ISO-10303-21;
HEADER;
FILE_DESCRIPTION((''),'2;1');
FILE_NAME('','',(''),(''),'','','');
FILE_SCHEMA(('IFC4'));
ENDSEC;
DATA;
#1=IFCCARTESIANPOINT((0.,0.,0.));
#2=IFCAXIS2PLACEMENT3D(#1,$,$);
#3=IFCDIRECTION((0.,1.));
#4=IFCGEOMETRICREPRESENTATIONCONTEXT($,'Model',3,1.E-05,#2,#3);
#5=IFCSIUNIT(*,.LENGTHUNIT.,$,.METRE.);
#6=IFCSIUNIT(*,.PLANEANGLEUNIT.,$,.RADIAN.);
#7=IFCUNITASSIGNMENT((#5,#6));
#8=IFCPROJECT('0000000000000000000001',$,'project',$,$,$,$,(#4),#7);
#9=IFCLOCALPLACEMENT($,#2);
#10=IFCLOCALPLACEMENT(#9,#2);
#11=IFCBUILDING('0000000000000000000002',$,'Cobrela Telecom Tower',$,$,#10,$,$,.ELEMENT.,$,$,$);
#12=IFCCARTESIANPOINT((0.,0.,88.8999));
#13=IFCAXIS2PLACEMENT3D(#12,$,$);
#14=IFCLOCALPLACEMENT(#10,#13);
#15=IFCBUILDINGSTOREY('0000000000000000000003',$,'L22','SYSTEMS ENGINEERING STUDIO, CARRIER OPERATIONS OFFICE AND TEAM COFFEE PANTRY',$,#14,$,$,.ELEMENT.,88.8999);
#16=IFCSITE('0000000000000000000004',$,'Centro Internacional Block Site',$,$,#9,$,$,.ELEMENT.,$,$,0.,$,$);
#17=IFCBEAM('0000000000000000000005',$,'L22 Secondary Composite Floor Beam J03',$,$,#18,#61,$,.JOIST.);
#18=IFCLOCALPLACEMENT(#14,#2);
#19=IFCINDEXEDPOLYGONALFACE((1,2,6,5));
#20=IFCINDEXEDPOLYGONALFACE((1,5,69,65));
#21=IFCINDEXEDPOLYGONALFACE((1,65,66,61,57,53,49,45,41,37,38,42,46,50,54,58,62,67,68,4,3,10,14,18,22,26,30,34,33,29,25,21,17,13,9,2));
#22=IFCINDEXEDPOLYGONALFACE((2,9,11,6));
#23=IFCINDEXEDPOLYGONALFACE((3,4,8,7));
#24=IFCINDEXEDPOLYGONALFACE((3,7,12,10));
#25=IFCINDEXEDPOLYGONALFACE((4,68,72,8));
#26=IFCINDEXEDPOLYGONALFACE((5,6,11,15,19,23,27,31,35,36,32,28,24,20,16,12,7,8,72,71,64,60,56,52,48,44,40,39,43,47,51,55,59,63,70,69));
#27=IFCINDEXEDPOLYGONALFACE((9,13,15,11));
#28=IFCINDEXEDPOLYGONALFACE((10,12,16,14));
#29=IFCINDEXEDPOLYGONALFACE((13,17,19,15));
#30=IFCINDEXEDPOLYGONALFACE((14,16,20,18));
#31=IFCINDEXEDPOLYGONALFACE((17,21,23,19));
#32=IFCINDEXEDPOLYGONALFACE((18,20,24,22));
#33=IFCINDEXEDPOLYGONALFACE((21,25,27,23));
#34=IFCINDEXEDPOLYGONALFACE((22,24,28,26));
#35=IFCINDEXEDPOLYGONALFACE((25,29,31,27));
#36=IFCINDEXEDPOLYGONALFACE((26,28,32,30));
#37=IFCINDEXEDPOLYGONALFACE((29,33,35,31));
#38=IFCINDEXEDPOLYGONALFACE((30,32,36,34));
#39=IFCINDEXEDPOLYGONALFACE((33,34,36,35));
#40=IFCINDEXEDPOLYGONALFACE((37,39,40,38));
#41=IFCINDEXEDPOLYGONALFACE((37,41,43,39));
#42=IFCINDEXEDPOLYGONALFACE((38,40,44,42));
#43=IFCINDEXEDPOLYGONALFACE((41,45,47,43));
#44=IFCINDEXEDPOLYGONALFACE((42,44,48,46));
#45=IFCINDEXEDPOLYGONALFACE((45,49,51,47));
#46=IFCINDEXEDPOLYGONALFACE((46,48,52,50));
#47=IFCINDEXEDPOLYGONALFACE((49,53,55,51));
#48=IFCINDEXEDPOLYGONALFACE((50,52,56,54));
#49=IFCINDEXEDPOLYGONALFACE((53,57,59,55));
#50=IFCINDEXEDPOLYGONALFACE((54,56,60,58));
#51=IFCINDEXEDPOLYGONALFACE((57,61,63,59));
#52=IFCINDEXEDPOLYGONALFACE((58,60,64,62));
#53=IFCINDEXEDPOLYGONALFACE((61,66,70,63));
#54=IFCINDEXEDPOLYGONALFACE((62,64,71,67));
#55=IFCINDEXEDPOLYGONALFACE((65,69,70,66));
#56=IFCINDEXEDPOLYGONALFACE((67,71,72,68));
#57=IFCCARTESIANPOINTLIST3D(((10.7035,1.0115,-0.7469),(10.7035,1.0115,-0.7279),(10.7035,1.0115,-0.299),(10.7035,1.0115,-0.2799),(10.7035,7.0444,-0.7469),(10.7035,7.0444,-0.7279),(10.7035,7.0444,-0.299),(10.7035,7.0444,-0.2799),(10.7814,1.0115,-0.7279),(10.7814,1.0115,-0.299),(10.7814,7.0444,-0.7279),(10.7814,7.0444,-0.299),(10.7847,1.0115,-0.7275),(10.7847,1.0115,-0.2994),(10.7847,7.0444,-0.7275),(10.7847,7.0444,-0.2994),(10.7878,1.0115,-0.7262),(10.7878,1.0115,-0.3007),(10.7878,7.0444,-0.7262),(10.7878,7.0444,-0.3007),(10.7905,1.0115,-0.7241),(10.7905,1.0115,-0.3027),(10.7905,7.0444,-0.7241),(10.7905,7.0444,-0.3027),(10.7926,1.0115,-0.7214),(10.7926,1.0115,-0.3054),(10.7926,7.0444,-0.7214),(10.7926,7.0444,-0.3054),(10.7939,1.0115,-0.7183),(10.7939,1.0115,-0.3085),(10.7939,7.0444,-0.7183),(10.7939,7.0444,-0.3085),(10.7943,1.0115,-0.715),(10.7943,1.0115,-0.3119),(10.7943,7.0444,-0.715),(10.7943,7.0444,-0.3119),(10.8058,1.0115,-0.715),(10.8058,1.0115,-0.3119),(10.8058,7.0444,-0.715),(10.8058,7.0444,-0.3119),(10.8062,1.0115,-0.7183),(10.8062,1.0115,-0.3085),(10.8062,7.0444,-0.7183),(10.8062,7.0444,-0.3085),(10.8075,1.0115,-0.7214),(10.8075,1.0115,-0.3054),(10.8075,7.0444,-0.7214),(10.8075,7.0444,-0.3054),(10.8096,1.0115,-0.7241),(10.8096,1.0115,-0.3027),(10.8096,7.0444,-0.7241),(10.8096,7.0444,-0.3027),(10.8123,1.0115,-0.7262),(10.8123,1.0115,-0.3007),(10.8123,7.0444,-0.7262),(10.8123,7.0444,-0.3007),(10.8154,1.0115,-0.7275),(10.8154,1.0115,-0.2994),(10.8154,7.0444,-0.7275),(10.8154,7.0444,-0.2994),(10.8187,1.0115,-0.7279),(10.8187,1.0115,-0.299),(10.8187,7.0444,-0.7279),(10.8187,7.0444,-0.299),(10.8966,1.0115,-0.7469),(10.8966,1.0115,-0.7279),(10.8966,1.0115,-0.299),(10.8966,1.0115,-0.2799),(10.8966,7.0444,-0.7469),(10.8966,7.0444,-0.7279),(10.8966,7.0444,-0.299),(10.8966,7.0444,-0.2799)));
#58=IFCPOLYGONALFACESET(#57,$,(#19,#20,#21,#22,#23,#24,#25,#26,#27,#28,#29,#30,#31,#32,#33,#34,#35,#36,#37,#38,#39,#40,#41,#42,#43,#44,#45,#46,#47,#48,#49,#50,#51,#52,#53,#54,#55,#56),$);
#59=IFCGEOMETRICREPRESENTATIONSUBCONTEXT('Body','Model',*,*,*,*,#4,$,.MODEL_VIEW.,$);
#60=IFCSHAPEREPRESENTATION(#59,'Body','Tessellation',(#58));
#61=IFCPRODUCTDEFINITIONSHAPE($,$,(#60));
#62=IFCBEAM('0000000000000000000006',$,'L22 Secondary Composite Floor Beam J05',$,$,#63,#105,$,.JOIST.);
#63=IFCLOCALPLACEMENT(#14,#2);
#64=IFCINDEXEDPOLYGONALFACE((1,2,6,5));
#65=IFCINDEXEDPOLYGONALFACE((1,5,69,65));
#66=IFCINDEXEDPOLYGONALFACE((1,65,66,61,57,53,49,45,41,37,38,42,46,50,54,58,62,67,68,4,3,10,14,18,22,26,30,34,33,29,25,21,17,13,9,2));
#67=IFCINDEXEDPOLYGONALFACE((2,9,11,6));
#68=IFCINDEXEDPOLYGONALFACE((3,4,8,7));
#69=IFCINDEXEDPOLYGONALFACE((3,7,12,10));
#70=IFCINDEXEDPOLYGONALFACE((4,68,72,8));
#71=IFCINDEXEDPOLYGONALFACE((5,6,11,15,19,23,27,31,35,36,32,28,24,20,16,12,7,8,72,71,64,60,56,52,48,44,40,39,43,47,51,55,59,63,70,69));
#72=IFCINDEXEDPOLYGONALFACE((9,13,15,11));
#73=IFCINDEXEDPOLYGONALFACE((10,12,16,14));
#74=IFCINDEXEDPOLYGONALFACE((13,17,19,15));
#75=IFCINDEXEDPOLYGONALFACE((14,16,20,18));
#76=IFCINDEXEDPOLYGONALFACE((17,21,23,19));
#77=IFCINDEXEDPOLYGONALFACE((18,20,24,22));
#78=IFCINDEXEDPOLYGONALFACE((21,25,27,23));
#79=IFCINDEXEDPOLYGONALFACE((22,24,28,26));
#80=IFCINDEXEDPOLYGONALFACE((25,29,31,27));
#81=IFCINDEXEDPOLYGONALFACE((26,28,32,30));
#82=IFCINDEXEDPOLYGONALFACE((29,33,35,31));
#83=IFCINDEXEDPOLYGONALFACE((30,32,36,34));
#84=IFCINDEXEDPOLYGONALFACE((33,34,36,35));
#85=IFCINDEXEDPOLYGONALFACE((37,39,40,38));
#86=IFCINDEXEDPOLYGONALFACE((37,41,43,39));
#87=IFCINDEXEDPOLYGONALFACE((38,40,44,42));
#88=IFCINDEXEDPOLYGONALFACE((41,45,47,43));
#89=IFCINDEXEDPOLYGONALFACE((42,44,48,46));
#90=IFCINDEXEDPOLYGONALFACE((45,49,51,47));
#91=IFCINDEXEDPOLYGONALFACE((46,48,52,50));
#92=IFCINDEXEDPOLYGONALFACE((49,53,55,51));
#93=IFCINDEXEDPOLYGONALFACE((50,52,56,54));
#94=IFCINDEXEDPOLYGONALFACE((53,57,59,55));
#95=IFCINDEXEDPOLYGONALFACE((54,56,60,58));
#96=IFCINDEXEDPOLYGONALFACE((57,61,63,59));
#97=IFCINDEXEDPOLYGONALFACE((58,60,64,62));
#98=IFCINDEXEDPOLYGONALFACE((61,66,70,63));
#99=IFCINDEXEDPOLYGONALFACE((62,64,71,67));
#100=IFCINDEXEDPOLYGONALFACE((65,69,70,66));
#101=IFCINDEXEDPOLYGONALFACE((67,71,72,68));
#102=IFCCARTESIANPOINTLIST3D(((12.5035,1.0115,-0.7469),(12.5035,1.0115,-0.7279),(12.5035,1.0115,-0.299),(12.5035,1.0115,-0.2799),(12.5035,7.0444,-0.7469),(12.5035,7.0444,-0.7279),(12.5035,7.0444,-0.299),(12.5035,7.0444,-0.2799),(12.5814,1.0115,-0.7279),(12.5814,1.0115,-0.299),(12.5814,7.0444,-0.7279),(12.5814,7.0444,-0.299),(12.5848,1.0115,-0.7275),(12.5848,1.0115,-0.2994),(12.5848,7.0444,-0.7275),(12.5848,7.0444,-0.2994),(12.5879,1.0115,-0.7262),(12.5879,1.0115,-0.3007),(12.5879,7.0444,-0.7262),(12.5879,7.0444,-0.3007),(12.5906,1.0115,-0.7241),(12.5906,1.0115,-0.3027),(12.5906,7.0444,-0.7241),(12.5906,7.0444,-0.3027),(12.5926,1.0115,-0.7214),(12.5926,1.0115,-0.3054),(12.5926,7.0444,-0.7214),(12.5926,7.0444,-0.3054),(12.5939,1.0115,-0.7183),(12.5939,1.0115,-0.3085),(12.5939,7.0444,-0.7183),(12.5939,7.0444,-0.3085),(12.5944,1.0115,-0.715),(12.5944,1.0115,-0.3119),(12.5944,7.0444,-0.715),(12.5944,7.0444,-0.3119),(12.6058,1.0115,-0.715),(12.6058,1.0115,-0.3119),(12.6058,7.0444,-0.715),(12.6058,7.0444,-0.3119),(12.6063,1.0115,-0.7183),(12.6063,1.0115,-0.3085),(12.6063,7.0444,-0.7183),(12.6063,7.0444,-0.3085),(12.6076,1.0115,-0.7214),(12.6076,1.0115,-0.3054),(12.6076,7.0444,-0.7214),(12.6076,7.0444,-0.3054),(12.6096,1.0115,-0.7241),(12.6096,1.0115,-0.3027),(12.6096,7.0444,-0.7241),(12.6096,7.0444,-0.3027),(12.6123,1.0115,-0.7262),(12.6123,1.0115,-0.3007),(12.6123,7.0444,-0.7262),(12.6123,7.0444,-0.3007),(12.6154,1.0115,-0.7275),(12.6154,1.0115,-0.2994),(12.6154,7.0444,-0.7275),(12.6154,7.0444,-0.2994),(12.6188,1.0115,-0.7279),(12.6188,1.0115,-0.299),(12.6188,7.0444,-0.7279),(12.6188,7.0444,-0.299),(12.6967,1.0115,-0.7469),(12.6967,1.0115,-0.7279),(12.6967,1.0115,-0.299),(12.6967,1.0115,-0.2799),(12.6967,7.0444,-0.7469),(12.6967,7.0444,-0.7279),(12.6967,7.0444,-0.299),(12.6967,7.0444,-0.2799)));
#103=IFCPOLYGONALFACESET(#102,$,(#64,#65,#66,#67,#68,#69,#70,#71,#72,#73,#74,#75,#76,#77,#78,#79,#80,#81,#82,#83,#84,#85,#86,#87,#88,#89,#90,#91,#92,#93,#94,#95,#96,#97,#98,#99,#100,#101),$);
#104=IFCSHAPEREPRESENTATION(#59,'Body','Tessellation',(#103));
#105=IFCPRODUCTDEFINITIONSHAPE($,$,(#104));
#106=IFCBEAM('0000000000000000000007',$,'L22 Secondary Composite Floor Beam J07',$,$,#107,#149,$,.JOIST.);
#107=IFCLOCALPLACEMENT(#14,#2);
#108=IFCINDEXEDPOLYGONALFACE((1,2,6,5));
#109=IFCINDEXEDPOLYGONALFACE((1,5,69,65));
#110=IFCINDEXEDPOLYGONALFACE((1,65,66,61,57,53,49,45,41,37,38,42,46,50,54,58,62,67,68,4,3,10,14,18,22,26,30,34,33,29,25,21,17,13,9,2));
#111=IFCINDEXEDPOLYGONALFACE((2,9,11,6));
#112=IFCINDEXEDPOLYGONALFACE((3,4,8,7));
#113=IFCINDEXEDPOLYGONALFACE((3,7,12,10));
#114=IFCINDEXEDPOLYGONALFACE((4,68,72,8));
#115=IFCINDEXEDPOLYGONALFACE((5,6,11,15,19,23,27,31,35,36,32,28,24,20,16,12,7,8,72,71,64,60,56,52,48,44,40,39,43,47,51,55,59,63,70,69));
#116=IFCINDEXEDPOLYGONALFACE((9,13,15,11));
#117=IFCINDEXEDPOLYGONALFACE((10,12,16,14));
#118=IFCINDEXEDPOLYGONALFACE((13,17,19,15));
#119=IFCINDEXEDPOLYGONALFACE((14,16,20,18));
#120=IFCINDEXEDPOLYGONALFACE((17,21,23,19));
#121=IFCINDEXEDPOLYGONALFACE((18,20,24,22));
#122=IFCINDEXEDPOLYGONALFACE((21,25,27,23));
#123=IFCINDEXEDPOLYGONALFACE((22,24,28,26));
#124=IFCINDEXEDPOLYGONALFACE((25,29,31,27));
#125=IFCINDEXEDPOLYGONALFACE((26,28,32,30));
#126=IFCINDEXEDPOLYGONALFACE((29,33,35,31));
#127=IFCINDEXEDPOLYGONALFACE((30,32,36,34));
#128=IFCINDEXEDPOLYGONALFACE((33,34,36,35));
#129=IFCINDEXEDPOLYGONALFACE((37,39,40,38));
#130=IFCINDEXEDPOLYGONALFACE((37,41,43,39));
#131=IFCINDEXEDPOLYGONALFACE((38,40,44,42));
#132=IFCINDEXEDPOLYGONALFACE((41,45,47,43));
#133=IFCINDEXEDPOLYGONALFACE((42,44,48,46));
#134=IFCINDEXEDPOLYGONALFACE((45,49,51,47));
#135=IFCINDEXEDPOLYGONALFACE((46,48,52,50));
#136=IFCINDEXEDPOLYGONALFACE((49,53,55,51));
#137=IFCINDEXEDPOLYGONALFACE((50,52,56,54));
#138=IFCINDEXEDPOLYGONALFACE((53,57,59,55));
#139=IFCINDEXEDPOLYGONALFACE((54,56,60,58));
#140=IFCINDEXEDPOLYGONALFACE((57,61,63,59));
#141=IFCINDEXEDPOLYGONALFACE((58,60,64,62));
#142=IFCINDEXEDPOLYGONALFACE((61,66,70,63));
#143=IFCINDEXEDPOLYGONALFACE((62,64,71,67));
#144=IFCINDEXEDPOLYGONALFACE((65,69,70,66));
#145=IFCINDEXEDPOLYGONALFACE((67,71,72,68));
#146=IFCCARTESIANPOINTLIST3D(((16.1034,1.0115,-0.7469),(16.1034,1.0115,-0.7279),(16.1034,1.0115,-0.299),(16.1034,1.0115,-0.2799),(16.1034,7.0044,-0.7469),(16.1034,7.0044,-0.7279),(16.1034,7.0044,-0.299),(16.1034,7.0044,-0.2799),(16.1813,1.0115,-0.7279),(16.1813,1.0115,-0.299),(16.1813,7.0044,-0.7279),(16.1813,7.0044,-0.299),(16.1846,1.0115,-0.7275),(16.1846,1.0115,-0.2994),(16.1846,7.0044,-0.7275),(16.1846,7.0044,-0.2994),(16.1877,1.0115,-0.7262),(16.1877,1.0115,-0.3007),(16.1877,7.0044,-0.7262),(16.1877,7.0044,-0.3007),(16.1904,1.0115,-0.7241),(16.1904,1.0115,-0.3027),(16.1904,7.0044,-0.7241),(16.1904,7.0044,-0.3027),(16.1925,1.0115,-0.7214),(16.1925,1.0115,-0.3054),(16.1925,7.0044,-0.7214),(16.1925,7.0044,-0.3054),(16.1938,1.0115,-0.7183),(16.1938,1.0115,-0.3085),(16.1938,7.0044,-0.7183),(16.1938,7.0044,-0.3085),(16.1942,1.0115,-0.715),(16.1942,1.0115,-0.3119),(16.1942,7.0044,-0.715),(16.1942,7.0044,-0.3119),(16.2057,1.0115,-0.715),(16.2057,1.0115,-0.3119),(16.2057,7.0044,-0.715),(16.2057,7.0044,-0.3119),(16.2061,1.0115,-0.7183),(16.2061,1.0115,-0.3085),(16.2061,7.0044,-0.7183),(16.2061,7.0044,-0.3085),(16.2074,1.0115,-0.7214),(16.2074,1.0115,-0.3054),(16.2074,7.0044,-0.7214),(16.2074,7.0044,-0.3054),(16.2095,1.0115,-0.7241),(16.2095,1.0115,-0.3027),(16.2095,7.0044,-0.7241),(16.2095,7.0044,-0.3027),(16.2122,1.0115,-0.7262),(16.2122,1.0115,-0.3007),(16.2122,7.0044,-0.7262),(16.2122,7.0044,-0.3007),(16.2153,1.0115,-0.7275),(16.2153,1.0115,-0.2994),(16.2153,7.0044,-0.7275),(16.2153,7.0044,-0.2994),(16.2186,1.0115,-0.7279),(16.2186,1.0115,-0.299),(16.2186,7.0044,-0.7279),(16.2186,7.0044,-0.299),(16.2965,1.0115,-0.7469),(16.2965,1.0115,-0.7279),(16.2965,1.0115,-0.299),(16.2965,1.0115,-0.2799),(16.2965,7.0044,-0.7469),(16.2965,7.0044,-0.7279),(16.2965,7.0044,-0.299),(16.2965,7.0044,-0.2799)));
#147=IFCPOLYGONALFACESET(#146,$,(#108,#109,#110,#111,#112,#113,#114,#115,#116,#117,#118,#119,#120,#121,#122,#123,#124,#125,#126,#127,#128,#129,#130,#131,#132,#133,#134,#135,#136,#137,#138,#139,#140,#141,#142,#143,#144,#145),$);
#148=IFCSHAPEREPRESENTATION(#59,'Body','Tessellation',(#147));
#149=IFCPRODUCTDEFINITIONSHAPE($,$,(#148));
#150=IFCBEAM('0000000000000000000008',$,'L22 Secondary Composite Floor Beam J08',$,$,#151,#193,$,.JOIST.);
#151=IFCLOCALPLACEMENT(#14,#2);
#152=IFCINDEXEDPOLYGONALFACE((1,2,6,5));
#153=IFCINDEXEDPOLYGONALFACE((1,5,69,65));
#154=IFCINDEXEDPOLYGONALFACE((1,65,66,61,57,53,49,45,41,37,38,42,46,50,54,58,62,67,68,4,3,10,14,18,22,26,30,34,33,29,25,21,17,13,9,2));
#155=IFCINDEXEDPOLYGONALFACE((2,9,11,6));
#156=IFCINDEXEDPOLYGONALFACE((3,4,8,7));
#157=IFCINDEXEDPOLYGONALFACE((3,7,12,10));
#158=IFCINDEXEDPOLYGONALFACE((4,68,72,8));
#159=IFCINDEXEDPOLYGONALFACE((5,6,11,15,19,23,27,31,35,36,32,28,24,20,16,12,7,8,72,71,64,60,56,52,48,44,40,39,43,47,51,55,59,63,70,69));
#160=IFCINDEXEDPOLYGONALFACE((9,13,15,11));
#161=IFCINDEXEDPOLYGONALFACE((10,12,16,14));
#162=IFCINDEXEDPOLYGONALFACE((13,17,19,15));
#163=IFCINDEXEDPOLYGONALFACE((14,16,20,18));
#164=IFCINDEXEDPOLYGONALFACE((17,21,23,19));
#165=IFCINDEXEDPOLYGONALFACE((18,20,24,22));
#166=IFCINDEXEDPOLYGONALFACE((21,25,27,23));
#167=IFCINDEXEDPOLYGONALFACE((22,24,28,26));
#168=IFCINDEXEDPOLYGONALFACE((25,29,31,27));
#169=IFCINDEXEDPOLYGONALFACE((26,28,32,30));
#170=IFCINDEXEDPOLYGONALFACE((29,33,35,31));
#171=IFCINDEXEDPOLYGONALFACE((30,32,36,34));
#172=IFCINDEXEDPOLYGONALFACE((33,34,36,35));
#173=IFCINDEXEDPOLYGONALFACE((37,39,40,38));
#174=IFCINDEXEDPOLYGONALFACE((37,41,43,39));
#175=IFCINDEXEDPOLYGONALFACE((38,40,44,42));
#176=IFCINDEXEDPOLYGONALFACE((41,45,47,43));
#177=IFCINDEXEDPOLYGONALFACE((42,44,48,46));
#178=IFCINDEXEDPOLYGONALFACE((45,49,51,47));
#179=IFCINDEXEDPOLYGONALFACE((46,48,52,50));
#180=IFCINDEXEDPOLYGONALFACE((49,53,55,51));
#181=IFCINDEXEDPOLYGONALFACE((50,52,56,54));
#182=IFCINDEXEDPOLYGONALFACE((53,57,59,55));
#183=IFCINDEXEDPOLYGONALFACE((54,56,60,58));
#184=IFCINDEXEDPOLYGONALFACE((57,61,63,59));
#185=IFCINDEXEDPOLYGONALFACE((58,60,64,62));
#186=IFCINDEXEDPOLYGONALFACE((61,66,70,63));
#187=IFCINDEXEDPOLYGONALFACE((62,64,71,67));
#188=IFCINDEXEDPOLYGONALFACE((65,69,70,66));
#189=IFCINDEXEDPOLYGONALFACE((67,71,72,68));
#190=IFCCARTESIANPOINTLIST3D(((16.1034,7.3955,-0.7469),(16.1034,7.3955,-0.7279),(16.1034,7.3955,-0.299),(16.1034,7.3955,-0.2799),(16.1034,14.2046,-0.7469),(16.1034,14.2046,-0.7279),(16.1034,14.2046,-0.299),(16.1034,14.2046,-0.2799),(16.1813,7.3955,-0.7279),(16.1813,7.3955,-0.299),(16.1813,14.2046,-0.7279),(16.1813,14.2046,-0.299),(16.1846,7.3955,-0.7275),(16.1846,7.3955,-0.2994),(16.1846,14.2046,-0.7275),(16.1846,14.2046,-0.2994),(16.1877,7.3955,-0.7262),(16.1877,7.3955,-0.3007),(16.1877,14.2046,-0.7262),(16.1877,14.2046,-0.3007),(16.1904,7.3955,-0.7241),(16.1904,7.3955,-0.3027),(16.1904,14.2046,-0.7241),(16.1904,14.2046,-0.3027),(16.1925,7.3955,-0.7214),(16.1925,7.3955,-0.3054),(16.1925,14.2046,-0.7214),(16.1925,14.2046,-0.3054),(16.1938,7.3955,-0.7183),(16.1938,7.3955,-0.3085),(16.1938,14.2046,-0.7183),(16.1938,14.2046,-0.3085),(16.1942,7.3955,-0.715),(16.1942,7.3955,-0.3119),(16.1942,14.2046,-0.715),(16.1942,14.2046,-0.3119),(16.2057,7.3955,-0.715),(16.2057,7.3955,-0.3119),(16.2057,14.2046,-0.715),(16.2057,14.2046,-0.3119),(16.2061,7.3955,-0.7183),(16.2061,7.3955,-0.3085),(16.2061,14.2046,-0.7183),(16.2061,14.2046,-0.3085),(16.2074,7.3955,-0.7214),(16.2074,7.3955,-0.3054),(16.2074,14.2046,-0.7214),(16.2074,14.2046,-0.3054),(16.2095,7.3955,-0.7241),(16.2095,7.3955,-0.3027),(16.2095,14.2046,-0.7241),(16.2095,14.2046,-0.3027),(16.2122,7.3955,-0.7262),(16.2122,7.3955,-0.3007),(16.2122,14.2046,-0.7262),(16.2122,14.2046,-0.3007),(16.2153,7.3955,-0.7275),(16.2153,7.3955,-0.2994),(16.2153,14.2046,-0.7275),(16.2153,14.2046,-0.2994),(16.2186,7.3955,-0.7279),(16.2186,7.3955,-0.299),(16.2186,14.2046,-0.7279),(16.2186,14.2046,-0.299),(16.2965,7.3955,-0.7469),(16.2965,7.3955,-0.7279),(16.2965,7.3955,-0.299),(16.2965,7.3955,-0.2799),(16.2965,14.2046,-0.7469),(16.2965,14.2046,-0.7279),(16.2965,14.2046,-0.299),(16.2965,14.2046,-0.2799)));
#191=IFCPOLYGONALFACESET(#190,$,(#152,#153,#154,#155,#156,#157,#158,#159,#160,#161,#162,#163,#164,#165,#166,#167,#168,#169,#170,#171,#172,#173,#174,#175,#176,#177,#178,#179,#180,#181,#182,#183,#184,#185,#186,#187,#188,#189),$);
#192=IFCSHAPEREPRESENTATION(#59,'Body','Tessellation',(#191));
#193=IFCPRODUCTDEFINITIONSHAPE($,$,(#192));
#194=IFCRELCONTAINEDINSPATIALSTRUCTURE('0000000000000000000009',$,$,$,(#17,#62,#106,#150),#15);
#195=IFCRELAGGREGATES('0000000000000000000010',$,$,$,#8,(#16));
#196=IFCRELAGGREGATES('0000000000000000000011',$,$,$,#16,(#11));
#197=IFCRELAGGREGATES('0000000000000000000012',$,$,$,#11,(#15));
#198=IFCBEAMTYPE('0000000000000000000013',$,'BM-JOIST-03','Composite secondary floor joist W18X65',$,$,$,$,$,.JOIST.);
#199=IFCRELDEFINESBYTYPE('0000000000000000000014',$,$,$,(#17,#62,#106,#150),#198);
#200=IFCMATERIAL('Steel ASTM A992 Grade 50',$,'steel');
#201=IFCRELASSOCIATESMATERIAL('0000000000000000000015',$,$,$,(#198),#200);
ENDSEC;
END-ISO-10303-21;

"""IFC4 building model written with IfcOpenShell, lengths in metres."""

from ifc_helpers import new_model, si_unit, direction, frame, origin, origin_2d, place, context, subcontext, project, spatial, i_section, extrude, material, material_profile, profile_set, type_object, element, save


model = new_model("IFC4")

# Units and contexts
model_context = context("Model", 3, precision=1e-05, world=origin(), true_north=direction((0.0, 1.0)))
body_context = subcontext(model_context, "Body", "Model", "MODEL_VIEW")
ifc_project = project(units=[si_unit("LENGTHUNIT", "METRE"), si_unit("PLANEANGLEUNIT", "RADIAN")], contexts=[model_context])

# Site, building, storey
site_placement = place(None, origin())
site = spatial("IfcSite", under=ifc_project, at=site_placement, Name="Centro Internacional Block Site", CompositionType="ELEMENT", RefElevation=0.0)
building_placement = place(site_placement, origin())
building = spatial("IfcBuilding", under=site, at=building_placement, Name="Cobrela Telecom Tower", CompositionType="ELEMENT")
storey_placement = place(building_placement, frame((0.0, 0.0, 88.8999)))
storey = spatial("IfcBuildingStorey", under=building, at=storey_placement, Name="L22", Description="SYSTEMS ENGINEERING STUDIO, CARRIER OPERATIONS OFFICE AND TEAM COFFEE PANTRY", CompositionType="ELEMENT", Elevation=88.8999)

# Beams
ifc_material_1 = material(Name="Steel ASTM A992 Grade 50", Category="steel")
ifc_material_profile_1 = material_profile(ifc_material_1, i_section(OverallWidth=0.1931, OverallDepth=0.467, WebThickness=0.0115, FlangeThickness=0.019, FilletRadius=0.0129, at=origin_2d()), Name="W18X65")
ifc_profile_set_1 = profile_set([ifc_material_profile_1], Name="Steel ASTM A992 Grade 50")
beam_type_1 = type_object("IfcBeamType", Name="BM-JOIST-03", Description="Composite secondary floor joist W18X65", PredefinedType="JOIST", material=ifc_profile_set_1)
for number, where, z_axis, x_axis, name in (
    (1, (10.8, 1.0115, -0.5134), (0.0, 1.0, 0.0), (-1.0, 0.0, 0.0), "L22 Secondary Composite Floor Beam J03"),
    (2, (12.6001, 1.0115, -0.5134), (0.0, 1.0, 0.0), (-1.0, 0.0, 0.0), "L22 Secondary Composite Floor Beam J05"),
):
    element("IfcBeam", number, at=place(storey_placement, frame(where, z_axis=z_axis, x_axis=x_axis)), inside=storey, type_object=beam_type_1, Name=name, PredefinedType="JOIST", context=body_context, shape_type="SweptSolid", body=[
        extrude(i_section(OverallWidth=0.1931, OverallDepth=0.467, WebThickness=0.0115, FlangeThickness=0.019, FilletRadius=0.0129, at=origin_2d()), origin(), (0.0, 0.0, 1.0), 6.033),
    ])
beam_1_placement = place(storey_placement, frame((16.2, 1.0115, -0.5134), z_axis=(0.0, 1.0, 0.0), x_axis=(-1.0, 0.0, 0.0)))
element("IfcBeam", 3, at=beam_1_placement, inside=storey, type_object=beam_type_1, Name="L22 Secondary Composite Floor Beam J07", PredefinedType="JOIST", context=body_context, shape_type="SweptSolid", body=[
    extrude(i_section(OverallWidth=0.1931, OverallDepth=0.467, WebThickness=0.0115, FlangeThickness=0.019, FilletRadius=0.0129, at=origin_2d()), origin(), (0.0, 0.0, 1.0), 5.9929),
])
beam_2_placement = place(storey_placement, frame((16.2, 7.3955, -0.5134), z_axis=(0.0, 1.0, 0.0), x_axis=(-1.0, 0.0, 0.0)))
element("IfcBeam", 4, at=beam_2_placement, inside=storey, type_object=beam_type_1, Name="L22 Secondary Composite Floor Beam J08", PredefinedType="JOIST", context=body_context, shape_type="SweptSolid", body=[
    extrude(i_section(OverallWidth=0.1931, OverallDepth=0.467, WebThickness=0.0115, FlangeThickness=0.019, FilletRadius=0.0129, at=origin_2d()), origin(), (0.0, 0.0, 1.0), 6.8091),
])

save(model, "model.ifc")
